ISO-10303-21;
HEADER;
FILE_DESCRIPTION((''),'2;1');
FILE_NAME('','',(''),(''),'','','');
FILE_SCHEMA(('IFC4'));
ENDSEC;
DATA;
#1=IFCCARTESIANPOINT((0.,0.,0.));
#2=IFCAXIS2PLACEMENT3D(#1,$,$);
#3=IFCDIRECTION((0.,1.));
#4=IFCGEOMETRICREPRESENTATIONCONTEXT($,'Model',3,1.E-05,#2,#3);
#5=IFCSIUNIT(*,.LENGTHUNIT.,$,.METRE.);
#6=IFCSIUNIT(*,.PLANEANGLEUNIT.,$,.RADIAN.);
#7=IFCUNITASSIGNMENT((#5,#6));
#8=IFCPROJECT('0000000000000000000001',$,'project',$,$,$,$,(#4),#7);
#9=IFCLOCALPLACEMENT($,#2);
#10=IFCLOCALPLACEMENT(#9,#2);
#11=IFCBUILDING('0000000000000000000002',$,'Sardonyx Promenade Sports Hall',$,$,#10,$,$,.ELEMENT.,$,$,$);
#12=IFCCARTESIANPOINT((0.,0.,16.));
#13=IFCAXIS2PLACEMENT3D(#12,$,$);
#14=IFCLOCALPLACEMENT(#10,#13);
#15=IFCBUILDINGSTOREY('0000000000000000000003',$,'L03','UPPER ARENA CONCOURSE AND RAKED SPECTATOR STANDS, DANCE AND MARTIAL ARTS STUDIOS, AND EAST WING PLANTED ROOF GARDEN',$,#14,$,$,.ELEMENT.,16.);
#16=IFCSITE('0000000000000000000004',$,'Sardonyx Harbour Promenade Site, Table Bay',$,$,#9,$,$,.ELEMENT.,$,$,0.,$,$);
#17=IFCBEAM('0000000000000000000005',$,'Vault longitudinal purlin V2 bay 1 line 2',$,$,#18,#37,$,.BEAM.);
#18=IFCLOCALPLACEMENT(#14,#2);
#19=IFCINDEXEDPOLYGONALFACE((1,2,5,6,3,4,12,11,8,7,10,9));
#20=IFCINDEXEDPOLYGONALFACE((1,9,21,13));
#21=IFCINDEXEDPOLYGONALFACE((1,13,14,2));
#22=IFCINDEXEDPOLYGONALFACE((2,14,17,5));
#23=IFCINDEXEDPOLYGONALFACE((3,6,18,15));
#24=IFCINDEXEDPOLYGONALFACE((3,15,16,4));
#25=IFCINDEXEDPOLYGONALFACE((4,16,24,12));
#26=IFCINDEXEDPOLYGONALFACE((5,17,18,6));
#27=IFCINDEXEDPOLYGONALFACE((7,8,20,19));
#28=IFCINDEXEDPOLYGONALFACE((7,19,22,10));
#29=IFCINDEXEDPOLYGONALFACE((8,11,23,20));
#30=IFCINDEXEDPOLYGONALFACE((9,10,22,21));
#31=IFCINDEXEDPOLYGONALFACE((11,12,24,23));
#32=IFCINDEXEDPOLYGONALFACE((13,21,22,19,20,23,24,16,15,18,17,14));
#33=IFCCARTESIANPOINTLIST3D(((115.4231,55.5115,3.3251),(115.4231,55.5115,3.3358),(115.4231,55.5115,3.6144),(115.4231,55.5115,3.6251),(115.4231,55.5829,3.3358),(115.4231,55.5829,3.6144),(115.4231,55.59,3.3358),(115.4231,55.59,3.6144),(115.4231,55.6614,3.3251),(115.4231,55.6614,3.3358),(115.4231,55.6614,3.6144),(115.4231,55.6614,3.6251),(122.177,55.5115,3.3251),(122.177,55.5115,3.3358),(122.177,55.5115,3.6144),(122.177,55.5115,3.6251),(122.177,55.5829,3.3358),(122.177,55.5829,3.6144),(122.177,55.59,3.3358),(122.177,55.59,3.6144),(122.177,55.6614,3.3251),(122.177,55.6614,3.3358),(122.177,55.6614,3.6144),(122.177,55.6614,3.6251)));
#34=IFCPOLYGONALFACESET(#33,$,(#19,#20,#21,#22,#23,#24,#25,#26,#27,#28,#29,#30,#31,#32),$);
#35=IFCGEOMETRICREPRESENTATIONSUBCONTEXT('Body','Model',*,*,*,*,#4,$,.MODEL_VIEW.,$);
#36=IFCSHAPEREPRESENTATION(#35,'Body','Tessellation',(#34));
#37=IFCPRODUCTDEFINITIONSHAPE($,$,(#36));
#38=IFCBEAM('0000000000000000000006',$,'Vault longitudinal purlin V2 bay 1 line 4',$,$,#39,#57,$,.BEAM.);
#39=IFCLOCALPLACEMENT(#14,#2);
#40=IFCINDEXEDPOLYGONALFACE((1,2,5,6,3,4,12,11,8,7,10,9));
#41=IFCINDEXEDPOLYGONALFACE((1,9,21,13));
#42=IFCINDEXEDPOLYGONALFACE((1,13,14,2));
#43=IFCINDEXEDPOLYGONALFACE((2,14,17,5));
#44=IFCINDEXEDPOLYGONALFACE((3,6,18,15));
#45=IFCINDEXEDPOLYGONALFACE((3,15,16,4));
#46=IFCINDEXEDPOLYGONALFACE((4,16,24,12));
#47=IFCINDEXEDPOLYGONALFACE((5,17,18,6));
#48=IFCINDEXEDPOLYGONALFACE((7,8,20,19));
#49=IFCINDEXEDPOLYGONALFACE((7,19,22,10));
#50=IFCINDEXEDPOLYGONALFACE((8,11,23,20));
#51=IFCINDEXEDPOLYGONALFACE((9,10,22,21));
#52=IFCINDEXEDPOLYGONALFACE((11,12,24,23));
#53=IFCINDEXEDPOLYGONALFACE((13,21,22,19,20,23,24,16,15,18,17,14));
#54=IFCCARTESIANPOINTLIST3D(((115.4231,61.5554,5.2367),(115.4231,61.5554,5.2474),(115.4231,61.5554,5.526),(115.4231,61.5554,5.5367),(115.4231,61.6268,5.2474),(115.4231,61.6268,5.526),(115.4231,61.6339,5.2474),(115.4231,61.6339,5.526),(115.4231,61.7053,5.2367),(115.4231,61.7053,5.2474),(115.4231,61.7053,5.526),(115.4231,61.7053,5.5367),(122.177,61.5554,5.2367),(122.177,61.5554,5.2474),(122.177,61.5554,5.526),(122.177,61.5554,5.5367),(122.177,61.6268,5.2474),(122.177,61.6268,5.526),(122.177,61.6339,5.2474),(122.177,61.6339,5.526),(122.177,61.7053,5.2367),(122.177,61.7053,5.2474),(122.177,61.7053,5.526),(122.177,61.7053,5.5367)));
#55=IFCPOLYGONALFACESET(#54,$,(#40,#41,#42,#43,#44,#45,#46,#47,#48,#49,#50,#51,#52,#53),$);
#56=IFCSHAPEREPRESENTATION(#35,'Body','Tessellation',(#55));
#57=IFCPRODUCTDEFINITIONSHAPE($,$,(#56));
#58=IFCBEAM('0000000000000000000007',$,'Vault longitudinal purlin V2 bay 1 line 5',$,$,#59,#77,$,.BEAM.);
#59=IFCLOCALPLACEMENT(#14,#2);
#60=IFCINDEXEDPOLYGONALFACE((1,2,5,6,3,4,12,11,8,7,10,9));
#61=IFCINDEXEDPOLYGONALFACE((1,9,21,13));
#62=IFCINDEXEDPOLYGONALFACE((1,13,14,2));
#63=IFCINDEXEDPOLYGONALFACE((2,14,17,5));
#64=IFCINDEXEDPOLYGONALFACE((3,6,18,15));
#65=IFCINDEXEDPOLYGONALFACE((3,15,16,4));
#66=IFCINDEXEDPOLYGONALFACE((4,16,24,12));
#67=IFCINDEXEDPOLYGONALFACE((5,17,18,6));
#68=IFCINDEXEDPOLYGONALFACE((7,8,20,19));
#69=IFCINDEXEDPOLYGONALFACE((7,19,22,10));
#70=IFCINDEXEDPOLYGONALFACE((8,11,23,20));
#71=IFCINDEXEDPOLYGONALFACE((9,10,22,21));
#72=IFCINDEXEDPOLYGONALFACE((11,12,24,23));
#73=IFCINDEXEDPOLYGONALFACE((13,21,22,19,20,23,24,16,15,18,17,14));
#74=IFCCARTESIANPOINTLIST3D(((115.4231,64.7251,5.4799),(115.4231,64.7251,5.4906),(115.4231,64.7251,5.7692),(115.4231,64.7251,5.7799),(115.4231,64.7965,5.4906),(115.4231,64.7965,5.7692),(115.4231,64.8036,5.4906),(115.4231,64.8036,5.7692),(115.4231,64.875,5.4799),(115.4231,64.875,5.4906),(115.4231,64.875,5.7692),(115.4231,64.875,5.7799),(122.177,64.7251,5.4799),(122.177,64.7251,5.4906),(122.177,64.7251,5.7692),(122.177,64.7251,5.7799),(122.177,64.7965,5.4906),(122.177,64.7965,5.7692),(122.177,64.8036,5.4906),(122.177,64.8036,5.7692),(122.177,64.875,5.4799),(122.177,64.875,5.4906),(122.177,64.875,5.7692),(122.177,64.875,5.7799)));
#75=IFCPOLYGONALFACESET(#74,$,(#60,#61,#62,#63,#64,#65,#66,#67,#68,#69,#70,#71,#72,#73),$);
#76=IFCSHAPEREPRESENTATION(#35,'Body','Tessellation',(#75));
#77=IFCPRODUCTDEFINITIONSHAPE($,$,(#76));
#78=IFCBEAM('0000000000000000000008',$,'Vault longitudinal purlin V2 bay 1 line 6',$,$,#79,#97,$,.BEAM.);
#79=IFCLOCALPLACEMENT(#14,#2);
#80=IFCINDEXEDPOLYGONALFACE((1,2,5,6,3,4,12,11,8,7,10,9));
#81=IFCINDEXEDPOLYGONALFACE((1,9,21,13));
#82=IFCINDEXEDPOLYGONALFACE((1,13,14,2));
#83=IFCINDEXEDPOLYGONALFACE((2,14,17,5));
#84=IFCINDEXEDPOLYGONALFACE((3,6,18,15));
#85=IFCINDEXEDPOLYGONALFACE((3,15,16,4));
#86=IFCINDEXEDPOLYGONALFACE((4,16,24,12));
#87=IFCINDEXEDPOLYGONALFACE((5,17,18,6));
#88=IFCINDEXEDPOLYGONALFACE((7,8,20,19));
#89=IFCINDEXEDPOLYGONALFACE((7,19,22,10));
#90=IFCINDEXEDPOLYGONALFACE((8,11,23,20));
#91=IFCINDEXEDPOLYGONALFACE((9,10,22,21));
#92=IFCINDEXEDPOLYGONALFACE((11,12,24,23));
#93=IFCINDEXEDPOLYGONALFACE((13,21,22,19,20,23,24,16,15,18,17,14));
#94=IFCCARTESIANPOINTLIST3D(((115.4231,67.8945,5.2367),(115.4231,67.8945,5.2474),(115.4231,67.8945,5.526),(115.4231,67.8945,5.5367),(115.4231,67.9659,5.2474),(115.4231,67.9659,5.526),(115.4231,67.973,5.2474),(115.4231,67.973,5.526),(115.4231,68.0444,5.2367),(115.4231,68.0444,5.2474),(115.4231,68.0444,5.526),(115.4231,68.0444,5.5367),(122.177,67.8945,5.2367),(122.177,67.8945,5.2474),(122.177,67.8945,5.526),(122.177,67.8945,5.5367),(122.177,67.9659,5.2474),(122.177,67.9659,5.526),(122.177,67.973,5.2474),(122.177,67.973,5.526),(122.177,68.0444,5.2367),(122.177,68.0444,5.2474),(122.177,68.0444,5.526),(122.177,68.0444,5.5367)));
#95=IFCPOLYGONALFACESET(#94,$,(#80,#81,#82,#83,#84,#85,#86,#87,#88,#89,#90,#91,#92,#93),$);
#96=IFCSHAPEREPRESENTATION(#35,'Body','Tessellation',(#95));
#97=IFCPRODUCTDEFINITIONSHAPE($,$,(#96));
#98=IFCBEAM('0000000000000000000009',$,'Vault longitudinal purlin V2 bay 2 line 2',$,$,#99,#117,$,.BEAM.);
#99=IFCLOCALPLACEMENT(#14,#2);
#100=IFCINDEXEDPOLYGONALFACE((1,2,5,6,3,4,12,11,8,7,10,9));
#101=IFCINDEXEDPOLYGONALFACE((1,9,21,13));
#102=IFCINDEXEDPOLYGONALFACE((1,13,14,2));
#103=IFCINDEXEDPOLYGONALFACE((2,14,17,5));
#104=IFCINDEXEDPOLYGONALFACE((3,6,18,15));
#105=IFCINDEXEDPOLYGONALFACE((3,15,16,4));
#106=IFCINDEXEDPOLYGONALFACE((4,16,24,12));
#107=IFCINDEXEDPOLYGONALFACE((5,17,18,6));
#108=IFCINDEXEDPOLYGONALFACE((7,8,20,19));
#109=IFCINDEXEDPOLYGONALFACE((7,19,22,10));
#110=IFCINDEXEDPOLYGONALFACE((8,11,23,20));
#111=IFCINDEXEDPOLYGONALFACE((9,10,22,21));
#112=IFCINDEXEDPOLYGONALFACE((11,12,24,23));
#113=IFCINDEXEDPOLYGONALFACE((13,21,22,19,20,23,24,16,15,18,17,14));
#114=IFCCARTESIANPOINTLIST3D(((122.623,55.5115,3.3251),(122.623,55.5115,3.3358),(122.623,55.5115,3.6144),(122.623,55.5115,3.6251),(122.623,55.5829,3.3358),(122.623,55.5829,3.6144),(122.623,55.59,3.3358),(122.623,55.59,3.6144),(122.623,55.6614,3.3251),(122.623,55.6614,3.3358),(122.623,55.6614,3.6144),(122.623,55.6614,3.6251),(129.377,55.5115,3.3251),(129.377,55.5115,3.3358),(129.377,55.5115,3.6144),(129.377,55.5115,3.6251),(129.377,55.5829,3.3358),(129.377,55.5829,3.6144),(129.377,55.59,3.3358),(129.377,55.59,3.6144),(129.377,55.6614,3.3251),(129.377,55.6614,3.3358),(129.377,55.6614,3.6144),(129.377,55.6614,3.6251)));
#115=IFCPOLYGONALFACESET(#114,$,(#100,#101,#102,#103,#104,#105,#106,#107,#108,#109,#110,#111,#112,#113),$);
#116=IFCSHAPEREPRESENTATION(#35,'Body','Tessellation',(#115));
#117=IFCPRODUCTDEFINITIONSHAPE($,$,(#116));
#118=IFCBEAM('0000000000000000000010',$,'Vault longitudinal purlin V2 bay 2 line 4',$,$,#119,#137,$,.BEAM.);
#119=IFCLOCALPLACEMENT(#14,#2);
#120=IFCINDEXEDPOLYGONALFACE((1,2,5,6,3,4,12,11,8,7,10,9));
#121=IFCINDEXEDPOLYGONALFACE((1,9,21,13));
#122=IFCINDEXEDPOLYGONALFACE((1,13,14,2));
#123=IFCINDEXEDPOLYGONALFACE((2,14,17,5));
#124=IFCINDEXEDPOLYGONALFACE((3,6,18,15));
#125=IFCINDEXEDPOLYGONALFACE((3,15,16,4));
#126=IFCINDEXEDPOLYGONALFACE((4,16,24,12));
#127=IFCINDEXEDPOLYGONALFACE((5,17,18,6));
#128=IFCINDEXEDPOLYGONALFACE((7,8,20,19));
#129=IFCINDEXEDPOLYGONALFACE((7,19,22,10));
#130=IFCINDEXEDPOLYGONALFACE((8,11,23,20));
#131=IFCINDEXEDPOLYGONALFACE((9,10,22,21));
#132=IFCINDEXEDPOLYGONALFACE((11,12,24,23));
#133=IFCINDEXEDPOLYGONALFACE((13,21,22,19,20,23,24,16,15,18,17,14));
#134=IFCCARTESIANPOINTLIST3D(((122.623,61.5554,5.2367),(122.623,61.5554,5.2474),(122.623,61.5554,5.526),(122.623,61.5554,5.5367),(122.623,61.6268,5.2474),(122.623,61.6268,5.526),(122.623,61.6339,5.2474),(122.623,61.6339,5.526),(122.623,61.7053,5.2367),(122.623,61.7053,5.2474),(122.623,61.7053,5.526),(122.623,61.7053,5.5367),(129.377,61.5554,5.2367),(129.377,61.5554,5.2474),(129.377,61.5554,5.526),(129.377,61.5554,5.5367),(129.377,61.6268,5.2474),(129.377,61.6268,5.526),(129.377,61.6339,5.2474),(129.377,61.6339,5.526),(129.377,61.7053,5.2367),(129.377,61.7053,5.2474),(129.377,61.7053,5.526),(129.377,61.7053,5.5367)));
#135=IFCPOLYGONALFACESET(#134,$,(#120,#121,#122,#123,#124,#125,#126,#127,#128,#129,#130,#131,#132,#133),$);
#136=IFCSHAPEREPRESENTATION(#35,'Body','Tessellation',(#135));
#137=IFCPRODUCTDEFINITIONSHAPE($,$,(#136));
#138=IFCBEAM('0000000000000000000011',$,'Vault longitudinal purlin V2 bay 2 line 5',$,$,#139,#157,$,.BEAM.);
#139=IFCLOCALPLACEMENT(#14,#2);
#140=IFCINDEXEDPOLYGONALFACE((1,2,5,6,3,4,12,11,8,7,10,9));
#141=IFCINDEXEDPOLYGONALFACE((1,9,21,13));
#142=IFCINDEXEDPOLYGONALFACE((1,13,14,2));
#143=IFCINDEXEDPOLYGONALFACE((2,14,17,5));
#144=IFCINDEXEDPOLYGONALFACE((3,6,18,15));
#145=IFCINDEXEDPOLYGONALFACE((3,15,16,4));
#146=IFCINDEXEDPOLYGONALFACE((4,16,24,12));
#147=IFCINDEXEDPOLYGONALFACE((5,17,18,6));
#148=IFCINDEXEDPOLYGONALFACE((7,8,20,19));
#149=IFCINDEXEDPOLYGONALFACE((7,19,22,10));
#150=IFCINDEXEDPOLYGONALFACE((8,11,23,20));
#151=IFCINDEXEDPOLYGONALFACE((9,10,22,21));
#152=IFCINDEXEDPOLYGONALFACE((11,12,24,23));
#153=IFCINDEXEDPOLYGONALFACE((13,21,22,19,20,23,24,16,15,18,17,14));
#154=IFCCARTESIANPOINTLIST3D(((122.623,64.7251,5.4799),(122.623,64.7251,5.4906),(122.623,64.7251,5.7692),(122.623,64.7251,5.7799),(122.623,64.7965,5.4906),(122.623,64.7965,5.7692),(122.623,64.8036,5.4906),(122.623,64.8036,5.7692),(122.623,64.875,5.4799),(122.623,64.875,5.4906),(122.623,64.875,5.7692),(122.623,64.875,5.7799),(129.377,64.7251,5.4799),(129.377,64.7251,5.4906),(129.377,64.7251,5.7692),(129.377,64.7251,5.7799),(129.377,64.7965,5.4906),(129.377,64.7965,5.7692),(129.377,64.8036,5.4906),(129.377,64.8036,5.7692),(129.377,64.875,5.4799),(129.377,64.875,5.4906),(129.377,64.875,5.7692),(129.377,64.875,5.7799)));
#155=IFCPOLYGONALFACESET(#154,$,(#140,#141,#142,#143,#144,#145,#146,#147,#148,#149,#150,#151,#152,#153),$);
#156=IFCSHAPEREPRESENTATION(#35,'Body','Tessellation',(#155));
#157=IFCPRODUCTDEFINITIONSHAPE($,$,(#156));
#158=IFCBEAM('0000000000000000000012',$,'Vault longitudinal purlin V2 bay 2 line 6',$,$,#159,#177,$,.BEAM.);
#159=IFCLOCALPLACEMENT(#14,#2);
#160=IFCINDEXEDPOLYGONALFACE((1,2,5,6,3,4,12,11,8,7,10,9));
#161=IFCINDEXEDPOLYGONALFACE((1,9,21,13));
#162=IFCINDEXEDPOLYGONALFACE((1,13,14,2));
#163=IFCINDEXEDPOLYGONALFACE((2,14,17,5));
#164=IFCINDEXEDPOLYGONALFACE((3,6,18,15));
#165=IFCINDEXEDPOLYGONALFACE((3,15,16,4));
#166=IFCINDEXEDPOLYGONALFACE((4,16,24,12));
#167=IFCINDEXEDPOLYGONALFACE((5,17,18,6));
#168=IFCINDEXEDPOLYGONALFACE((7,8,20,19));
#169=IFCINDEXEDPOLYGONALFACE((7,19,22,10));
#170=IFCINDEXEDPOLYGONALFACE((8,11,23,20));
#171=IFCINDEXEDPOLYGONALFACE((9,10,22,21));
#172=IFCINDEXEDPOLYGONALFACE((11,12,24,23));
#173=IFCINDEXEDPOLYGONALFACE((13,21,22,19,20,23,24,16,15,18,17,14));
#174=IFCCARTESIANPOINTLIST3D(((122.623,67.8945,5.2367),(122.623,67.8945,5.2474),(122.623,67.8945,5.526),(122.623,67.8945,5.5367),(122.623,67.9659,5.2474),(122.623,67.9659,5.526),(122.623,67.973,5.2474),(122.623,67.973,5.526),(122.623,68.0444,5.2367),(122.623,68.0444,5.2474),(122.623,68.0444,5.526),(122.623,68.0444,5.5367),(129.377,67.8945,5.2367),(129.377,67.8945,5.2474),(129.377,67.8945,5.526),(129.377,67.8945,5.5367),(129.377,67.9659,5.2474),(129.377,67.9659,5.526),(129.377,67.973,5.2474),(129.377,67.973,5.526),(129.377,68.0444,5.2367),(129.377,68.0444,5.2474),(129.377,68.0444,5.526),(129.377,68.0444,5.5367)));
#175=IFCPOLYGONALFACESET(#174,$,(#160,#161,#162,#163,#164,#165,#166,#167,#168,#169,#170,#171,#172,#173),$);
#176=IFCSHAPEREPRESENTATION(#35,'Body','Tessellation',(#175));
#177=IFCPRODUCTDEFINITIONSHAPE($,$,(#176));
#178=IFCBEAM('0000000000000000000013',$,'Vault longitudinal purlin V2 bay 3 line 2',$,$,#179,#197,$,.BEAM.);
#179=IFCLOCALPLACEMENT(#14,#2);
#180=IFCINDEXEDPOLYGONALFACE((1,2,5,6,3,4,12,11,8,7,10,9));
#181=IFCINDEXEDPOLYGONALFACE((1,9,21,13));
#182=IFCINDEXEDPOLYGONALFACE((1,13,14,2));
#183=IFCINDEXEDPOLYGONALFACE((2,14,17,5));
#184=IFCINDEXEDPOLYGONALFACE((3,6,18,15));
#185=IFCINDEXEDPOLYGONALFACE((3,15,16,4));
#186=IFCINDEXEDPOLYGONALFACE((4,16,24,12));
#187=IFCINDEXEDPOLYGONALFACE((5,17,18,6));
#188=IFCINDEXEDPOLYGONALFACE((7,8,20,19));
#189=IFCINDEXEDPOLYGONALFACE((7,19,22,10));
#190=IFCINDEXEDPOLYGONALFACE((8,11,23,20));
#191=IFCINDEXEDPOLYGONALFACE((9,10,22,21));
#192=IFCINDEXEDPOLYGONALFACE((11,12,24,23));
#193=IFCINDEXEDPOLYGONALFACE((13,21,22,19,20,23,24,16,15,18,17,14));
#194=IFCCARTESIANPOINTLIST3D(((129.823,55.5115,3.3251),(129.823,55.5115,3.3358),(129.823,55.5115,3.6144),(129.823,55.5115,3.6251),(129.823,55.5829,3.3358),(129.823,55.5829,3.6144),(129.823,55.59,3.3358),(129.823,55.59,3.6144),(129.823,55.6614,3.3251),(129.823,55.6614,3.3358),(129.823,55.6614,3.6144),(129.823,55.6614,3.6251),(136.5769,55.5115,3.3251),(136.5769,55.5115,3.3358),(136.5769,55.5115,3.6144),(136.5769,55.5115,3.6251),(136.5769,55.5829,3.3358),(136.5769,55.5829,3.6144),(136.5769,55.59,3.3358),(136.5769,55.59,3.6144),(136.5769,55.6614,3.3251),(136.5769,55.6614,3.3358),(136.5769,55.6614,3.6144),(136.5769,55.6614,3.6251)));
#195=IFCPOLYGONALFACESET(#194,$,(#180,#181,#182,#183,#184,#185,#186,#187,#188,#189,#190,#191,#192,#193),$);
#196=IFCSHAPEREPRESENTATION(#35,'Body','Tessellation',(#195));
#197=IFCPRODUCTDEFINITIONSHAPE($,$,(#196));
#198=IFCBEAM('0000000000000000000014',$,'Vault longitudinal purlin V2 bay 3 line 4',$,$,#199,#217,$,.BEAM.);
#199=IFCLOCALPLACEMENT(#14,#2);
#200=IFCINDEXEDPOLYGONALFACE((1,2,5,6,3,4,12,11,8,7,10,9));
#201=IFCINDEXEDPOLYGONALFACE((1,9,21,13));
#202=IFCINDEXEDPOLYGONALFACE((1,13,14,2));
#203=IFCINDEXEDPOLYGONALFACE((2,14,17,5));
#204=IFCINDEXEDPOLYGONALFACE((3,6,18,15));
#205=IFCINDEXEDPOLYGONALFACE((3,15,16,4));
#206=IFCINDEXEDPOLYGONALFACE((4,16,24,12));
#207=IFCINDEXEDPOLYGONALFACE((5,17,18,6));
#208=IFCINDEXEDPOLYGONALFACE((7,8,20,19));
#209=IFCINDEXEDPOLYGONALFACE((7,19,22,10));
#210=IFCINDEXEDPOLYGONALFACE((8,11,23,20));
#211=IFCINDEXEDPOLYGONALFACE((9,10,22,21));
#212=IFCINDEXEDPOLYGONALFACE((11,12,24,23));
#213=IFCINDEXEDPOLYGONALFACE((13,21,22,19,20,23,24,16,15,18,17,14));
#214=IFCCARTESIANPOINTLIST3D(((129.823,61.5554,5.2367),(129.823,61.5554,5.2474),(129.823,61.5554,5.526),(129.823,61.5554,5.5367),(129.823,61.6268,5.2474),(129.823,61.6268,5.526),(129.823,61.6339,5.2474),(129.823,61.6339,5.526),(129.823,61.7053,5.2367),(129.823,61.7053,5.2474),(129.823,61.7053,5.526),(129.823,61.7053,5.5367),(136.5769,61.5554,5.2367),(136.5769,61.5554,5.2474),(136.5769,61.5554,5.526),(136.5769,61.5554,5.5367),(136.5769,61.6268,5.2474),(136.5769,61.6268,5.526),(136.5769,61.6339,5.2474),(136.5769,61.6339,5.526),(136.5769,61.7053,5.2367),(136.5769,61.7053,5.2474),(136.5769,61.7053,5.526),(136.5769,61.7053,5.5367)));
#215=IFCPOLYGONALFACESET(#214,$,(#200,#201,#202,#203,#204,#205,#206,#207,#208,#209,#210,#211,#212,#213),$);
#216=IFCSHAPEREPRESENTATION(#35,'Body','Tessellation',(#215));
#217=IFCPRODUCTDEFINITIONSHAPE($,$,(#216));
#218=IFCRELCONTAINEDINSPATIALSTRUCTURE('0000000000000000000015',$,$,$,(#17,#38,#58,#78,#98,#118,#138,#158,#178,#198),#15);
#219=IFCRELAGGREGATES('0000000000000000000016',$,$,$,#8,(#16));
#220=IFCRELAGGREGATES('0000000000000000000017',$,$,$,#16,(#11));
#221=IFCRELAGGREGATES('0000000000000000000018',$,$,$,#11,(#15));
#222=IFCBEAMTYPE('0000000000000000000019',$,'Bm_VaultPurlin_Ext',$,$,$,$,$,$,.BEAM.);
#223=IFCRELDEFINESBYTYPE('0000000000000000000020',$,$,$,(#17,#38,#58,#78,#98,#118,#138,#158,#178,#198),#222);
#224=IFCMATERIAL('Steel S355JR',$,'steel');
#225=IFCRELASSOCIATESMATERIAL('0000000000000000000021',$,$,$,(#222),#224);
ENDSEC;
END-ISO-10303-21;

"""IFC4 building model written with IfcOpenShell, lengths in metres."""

from ifc_helpers import new_model, si_unit, direction, frame, origin, origin_2d, place, context, subcontext, project, spatial, i_section, extrude, material, material_profile, profile_set, type_object, element, save


model = new_model("IFC4")

# Units and contexts
model_context = context("Model", 3, precision=1e-05, world=origin(), true_north=direction((0.0, 1.0)))
body_context = subcontext(model_context, "Body", "Model", "MODEL_VIEW")
ifc_project = project(units=[si_unit("LENGTHUNIT", "METRE"), si_unit("PLANEANGLEUNIT", "RADIAN")], contexts=[model_context])

# Site, building, storey
site_placement = place(None, origin())
site = spatial("IfcSite", under=ifc_project, at=site_placement, Name="Sardonyx Harbour Promenade Site, Table Bay", CompositionType="ELEMENT", RefElevation=0.0)
building_placement = place(site_placement, origin())
building = spatial("IfcBuilding", under=site, at=building_placement, Name="Sardonyx Promenade Sports Hall", CompositionType="ELEMENT")
storey_placement = place(building_placement, frame((0.0, 0.0, 16.0)))
storey = spatial("IfcBuildingStorey", under=building, at=storey_placement, Name="L03", Description="UPPER ARENA CONCOURSE AND RAKED SPECTATOR STANDS, DANCE AND MARTIAL ARTS STUDIOS, AND EAST WING PLANTED ROOF GARDEN", CompositionType="ELEMENT", Elevation=16.0)

# Beams
ifc_material_1 = material(Name="Steel S355JR", Category="steel")
ifc_material_profile_1 = material_profile(ifc_material_1, i_section(OverallWidth=0.1499, OverallDepth=0.3, WebThickness=0.0071, FlangeThickness=0.0107, at=origin_2d()))
ifc_profile_set_1 = profile_set([ifc_material_profile_1], Name="Steel S355JR")
beam_type_1 = type_object("IfcBeamType", Name="Bm_VaultPurlin_Ext", PredefinedType="BEAM", material=ifc_profile_set_1)
for number, where, z_axis, x_axis, name in (
    (1, (115.4231, 55.5864, 3.4751), (1.0, 0.0, 0.0), (0.0, 1.0, 0.0), "Vault longitudinal purlin V2 bay 1 line 2"),
    (2, (115.4231, 61.6304, 5.3867), (1.0, 0.0, 0.0), (0.0, 1.0, 0.0), "Vault longitudinal purlin V2 bay 1 line 4"),
    (3, (115.4231, 64.8, 5.6299), (1.0, 0.0, 0.0), (0.0, 1.0, 0.0), "Vault longitudinal purlin V2 bay 1 line 5"),
    (4, (115.4231, 67.9695, 5.3867), (1.0, 0.0, 0.0), (0.0, 1.0, 0.0), "Vault longitudinal purlin V2 bay 1 line 6"),
    (5, (122.623, 55.5864, 3.4751), (1.0, 0.0, 0.0), (0.0, 1.0, 0.0), "Vault longitudinal purlin V2 bay 2 line 2"),
    (6, (122.623, 61.6304, 5.3867), (1.0, 0.0, 0.0), (0.0, 1.0, 0.0), "Vault longitudinal purlin V2 bay 2 line 4"),
    (7, (122.623, 64.8, 5.6299), (1.0, 0.0, 0.0), (0.0, 1.0, 0.0), "Vault longitudinal purlin V2 bay 2 line 5"),
    (8, (122.623, 67.9695, 5.3867), (1.0, 0.0, 0.0), (0.0, 1.0, 0.0), "Vault longitudinal purlin V2 bay 2 line 6"),
    (9, (129.823, 55.5864, 3.4751), (1.0, 0.0, 0.0), (0.0, 1.0, 0.0), "Vault longitudinal purlin V2 bay 3 line 2"),
    (10, (129.823, 61.6304, 5.3867), (1.0, 0.0, 0.0), (0.0, 1.0, 0.0), "Vault longitudinal purlin V2 bay 3 line 4"),
):
    element("IfcBeam", number, at=place(storey_placement, frame(where, z_axis=z_axis, x_axis=x_axis)), inside=storey, type_object=beam_type_1, Name=name, PredefinedType="BEAM", context=body_context, shape_type="SweptSolid", body=[
        extrude(i_section(OverallWidth=0.1499, OverallDepth=0.3, WebThickness=0.0071, FlangeThickness=0.0107, at=origin_2d()), origin(), (0.0, 0.0, 1.0), 6.7539),
    ])

save(model, "model.ifc")
